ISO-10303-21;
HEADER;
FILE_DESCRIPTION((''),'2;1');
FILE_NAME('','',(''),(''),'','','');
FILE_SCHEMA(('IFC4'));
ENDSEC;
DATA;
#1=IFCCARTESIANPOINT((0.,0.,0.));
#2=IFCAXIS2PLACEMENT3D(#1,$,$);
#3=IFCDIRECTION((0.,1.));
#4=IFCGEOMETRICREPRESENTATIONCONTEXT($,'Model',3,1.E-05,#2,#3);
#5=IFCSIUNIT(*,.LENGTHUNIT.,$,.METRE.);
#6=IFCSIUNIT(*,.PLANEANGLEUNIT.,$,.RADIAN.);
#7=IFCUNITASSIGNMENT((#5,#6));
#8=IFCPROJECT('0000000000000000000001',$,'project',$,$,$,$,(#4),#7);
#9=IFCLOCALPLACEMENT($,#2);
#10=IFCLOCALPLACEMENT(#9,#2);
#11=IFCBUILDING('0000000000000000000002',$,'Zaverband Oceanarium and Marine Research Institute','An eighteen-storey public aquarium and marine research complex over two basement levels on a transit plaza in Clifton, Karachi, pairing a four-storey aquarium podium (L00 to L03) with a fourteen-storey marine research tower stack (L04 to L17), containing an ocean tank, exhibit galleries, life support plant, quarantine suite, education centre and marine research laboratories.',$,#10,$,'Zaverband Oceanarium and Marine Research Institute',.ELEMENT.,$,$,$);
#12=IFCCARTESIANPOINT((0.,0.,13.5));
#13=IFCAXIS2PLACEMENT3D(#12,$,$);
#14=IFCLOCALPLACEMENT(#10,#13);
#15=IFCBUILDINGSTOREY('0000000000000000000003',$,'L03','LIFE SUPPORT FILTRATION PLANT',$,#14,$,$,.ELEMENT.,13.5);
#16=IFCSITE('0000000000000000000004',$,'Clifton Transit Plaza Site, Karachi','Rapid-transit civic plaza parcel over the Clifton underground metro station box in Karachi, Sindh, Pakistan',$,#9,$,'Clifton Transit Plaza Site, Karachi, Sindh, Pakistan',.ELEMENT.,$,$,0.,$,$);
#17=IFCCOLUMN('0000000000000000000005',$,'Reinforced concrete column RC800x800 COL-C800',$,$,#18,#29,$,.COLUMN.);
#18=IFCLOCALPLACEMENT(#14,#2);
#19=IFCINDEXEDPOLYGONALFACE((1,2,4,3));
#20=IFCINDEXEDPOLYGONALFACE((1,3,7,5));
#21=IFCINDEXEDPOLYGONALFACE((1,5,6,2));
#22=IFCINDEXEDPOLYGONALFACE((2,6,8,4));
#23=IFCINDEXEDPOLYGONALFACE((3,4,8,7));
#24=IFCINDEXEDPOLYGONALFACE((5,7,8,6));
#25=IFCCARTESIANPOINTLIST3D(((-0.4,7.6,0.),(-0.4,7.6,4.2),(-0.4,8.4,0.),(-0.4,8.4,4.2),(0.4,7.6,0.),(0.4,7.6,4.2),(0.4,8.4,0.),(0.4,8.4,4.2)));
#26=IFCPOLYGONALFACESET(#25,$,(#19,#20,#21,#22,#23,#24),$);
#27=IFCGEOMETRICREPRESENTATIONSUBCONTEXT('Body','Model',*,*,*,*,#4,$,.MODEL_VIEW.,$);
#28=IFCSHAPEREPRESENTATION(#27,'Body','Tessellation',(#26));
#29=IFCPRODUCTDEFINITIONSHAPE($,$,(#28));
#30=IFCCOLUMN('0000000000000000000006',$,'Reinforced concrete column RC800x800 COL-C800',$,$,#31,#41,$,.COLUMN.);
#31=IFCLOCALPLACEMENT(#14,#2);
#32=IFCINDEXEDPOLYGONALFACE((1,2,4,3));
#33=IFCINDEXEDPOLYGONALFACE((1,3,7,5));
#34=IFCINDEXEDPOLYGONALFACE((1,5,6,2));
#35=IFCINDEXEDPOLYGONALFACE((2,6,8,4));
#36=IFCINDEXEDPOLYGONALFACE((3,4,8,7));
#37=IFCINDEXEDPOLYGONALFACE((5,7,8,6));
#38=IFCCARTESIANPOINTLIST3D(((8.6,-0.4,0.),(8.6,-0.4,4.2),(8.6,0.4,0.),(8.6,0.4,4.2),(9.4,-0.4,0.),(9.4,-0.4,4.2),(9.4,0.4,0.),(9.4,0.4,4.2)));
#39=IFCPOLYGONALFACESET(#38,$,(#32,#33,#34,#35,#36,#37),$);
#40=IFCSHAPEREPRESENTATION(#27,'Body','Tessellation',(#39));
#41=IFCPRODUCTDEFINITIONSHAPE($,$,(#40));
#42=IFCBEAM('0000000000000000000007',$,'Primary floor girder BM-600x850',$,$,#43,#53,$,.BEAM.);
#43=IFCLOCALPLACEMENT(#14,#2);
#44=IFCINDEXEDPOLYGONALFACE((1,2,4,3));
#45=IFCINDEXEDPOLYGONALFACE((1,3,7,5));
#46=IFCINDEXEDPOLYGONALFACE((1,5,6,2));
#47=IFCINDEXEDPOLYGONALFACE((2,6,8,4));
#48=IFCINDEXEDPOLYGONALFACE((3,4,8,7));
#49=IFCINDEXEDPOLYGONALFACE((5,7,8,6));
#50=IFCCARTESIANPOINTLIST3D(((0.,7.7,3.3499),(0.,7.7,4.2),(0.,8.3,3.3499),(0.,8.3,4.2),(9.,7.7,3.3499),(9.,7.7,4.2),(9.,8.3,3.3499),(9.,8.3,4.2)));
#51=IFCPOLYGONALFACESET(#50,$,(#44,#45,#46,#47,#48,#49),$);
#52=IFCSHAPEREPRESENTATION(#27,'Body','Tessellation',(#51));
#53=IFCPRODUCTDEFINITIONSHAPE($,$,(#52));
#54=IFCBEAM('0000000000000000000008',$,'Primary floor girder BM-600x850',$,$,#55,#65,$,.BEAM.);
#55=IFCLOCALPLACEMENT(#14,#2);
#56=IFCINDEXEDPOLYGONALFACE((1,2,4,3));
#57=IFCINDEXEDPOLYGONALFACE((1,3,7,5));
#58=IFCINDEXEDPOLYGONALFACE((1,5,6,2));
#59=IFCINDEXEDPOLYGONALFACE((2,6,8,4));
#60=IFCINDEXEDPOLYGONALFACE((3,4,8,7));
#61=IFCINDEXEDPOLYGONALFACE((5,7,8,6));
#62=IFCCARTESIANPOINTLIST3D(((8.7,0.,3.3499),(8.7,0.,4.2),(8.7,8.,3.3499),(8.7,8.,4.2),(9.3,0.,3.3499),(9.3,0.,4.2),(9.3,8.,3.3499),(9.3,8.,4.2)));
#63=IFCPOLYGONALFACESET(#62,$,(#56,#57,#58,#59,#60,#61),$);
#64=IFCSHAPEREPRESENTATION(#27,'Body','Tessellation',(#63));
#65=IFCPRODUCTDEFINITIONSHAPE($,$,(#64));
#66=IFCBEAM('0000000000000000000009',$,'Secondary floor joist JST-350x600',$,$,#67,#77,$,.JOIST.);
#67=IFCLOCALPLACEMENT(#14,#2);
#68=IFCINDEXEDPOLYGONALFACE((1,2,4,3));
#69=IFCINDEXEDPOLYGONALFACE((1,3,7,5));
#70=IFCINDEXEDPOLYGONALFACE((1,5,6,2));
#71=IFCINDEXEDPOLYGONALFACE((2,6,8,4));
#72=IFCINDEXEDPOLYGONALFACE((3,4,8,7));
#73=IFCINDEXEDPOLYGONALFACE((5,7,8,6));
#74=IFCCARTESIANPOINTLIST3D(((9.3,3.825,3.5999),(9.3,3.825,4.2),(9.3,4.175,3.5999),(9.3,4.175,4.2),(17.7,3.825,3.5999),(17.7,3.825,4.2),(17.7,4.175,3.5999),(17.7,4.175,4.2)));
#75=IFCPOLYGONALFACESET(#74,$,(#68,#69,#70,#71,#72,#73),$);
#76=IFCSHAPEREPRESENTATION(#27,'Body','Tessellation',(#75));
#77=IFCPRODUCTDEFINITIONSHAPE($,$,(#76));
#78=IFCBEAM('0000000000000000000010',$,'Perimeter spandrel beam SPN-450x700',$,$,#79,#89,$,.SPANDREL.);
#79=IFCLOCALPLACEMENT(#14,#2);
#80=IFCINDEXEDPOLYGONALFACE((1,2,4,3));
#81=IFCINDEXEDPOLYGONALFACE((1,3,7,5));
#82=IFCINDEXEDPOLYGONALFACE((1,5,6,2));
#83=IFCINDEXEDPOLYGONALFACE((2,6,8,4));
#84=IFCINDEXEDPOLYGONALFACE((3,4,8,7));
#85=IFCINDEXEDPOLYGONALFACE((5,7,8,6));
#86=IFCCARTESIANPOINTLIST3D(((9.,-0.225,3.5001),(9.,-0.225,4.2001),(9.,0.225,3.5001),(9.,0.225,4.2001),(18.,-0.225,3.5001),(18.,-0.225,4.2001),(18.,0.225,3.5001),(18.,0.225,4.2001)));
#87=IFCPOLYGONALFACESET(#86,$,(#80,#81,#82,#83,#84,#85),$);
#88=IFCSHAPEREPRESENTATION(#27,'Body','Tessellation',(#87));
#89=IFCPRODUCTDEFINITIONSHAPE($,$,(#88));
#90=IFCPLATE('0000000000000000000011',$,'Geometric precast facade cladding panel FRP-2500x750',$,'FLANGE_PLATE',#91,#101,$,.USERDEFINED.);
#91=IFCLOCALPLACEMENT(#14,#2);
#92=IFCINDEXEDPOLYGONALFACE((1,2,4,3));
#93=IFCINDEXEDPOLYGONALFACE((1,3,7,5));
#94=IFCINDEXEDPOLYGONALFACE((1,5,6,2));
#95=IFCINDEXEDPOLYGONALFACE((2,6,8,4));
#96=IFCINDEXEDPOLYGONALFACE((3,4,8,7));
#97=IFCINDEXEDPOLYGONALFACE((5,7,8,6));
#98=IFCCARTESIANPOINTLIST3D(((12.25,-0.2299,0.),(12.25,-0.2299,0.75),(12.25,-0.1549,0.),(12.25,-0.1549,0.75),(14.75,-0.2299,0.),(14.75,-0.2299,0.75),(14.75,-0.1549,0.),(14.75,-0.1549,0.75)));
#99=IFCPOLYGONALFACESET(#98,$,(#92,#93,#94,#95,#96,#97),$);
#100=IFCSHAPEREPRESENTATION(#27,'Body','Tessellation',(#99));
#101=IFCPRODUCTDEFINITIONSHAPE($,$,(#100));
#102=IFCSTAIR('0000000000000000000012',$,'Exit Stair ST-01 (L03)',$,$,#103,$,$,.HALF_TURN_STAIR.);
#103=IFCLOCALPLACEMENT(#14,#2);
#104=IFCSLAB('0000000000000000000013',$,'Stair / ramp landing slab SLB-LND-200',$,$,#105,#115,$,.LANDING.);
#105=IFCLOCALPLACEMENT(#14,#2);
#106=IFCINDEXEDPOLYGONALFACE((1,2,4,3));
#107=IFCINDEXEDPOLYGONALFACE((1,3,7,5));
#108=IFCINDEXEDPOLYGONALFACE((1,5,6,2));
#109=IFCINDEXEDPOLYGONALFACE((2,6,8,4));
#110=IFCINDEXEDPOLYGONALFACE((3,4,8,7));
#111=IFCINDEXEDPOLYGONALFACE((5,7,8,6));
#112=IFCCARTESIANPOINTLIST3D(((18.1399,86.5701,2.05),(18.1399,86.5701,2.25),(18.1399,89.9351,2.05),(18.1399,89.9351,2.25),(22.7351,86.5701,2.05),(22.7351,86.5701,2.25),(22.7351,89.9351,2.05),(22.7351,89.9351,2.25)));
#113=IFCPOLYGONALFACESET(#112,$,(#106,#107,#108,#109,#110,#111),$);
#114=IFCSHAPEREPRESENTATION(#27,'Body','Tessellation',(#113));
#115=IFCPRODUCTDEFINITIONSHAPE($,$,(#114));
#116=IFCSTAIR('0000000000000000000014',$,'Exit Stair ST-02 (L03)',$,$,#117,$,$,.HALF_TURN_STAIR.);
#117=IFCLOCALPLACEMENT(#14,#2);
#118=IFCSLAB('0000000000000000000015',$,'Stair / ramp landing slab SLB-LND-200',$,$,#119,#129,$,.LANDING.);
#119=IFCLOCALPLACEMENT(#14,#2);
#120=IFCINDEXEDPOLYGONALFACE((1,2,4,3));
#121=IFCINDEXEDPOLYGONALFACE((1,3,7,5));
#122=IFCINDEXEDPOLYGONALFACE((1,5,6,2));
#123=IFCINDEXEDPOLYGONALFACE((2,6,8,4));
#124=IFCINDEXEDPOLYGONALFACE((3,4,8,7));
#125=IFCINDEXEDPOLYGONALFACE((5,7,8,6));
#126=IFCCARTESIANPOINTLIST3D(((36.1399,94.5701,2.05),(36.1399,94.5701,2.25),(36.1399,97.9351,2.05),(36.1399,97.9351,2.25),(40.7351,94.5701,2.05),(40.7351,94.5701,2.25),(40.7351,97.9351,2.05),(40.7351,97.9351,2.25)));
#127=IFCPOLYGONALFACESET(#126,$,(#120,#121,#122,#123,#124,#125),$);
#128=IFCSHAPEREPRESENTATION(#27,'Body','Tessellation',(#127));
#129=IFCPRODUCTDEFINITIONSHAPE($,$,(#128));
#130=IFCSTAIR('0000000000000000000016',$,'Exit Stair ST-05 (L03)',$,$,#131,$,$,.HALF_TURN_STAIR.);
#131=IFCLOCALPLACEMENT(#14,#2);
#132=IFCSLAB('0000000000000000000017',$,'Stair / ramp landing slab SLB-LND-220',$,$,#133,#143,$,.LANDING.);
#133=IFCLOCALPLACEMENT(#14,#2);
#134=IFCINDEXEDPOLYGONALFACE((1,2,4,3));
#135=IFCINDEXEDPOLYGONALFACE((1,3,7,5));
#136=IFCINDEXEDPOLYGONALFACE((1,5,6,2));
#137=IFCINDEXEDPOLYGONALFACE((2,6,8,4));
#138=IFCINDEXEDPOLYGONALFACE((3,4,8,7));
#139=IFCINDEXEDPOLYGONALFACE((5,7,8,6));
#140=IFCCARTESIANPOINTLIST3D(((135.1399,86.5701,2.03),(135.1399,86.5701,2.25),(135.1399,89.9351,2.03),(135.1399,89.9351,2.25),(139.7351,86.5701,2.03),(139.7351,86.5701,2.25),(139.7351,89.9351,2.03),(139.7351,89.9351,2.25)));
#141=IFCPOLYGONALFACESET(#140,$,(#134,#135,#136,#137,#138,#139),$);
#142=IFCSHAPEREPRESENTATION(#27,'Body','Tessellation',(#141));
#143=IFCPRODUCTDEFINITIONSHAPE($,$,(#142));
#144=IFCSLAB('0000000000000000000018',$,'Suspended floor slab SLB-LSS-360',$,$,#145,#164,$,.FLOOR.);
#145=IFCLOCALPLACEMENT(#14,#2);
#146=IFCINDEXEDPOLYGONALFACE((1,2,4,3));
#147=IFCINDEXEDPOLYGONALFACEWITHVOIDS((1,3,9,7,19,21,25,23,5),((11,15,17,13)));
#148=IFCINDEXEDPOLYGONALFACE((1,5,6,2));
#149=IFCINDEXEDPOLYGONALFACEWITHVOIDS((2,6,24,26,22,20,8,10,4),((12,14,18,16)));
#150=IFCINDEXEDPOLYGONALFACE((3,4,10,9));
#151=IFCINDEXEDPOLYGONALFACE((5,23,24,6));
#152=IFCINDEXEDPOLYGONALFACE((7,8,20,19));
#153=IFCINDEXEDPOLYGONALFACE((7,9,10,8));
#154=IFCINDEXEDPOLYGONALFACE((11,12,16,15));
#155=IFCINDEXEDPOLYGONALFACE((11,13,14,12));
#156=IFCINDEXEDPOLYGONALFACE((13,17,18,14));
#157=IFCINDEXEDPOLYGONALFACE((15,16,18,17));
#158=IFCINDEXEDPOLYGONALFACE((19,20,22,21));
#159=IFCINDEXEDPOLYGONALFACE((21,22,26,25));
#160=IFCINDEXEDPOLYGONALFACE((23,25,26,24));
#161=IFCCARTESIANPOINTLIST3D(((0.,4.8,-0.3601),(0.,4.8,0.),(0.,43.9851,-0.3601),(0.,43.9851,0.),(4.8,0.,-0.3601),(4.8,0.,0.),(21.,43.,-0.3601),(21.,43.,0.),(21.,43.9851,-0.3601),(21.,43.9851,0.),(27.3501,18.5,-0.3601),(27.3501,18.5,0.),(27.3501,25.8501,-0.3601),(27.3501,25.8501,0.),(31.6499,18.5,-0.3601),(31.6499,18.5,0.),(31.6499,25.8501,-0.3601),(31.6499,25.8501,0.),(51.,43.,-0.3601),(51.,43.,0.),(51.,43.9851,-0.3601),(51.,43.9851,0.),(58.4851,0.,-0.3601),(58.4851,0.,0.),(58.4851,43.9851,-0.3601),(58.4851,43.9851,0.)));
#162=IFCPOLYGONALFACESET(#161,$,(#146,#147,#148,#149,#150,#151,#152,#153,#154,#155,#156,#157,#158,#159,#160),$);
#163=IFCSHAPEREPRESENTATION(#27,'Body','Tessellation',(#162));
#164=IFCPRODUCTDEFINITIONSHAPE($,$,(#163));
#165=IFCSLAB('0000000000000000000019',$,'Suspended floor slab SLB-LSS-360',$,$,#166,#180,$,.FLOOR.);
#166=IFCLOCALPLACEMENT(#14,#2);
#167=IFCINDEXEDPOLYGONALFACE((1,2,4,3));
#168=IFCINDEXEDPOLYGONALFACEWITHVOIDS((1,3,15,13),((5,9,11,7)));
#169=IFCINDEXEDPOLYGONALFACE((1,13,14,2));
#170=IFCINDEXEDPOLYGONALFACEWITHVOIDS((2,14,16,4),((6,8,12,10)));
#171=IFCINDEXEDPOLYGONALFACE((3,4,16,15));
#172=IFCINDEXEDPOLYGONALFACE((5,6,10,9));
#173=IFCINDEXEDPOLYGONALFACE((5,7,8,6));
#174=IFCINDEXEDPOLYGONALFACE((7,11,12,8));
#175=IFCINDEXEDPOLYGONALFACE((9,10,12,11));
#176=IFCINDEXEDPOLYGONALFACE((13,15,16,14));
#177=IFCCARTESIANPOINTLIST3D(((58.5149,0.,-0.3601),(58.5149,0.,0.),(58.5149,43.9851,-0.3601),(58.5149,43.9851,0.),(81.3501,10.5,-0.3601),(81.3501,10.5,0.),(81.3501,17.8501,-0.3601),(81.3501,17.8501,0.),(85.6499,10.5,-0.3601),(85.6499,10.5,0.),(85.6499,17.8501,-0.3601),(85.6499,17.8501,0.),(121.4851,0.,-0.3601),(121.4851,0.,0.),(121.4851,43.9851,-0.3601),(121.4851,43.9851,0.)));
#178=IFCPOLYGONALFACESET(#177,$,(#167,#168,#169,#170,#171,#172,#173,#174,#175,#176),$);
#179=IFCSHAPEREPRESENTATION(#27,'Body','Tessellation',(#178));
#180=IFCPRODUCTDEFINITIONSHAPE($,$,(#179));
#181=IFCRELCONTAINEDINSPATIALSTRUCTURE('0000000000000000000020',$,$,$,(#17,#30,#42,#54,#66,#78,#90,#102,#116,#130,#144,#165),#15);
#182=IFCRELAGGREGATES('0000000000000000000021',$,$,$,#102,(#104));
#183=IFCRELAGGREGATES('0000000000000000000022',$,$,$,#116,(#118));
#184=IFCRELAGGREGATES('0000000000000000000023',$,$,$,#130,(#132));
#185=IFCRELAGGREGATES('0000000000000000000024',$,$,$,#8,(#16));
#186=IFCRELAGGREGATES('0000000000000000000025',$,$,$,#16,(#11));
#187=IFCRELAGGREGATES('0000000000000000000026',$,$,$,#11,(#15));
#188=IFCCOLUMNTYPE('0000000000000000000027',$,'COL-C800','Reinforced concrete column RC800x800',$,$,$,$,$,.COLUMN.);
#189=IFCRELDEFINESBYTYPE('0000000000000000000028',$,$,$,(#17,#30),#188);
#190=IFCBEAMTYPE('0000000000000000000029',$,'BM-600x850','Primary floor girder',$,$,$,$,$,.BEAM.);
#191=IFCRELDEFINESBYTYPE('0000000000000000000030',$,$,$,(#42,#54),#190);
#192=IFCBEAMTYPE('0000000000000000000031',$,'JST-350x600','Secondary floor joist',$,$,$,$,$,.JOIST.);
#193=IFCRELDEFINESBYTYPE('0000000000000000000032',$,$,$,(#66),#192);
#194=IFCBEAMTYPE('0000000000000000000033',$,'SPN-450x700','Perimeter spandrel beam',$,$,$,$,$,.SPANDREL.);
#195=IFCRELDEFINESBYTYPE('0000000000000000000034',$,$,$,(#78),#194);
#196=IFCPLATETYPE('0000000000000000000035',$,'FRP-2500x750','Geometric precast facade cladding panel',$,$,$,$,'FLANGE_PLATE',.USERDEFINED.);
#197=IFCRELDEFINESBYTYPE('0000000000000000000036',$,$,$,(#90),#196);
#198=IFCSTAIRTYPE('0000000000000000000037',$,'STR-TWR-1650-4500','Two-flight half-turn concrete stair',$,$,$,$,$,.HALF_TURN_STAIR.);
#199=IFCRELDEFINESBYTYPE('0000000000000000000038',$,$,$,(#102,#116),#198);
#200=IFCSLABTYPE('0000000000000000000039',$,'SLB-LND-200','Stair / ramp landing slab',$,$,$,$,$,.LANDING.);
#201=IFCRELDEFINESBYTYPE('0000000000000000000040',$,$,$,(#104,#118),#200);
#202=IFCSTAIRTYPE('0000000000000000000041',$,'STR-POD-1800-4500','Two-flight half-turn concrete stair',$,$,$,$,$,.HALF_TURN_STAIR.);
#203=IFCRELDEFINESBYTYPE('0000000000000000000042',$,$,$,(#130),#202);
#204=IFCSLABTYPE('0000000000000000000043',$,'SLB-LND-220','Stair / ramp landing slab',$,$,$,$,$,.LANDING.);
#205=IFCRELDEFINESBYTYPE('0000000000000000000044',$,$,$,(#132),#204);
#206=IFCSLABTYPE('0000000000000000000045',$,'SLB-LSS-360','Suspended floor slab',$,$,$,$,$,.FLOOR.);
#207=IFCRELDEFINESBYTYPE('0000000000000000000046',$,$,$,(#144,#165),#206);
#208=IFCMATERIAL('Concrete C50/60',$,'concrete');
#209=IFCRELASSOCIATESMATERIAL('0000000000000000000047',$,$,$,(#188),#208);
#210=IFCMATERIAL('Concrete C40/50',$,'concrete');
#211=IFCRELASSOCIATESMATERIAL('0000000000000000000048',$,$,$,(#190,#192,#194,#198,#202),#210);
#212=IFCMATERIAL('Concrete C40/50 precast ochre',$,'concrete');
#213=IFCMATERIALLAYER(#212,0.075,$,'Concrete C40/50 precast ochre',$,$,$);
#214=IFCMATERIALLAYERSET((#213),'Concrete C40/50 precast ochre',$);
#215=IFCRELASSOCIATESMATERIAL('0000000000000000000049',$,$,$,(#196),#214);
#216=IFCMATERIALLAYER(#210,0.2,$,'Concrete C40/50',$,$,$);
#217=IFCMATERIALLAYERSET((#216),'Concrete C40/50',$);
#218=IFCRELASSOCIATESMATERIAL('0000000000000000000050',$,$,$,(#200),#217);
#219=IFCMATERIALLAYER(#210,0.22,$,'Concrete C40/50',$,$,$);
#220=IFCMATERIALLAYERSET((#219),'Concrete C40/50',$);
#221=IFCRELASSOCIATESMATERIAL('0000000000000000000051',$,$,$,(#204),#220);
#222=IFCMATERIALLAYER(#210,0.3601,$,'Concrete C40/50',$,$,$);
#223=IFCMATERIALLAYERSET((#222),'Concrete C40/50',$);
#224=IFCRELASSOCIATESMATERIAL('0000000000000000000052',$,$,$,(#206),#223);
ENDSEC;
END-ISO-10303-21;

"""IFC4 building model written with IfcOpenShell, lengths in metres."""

from ifc_helpers import new_model, si_unit, direction, frame, frame_2d, origin, origin_2d, place, context, subcontext, project, spatial, polyline, rectangle, outline, extrude, material, layer, layer_set, material_profile, profile_set, type_object, element, aggregate, save


model = new_model("IFC4")

# Units and contexts
model_context = context("Model", 3, precision=1e-05, world=origin(), true_north=direction((0.0, 1.0)))
body_context = subcontext(model_context, "Body", "Model", "MODEL_VIEW")
ifc_project = project(units=[si_unit("LENGTHUNIT", "METRE"), si_unit("PLANEANGLEUNIT", "RADIAN")], contexts=[model_context])

# Site, building, storey
site_placement = place(None, origin())
site = spatial("IfcSite", under=ifc_project, at=site_placement, Name="Clifton Transit Plaza Site, Karachi", Description="Rapid-transit civic plaza parcel over the Clifton underground metro station box in Karachi, Sindh, Pakistan", LongName="Clifton Transit Plaza Site, Karachi, Sindh, Pakistan", CompositionType="ELEMENT", RefElevation=0.0)
building_placement = place(site_placement, origin())
building = spatial("IfcBuilding", under=site, at=building_placement, Name="Zaverband Oceanarium and Marine Research Institute", Description="An eighteen-storey public aquarium and marine research complex over two basement levels on a transit plaza in Clifton, Karachi, pairing a four-storey aquarium podium (L00 to L03) with a fourteen-storey marine research tower stack (L04 to L17), containing an ocean tank, exhibit galleries, life support plant, quarantine suite, education centre and marine research laboratories.", LongName="Zaverband Oceanarium and Marine Research Institute", CompositionType="ELEMENT")
storey_placement = place(building_placement, frame((0.0, 0.0, 13.5)))
storey = spatial("IfcBuildingStorey", under=building, at=storey_placement, Name="L03", Description="LIFE SUPPORT FILTRATION PLANT", CompositionType="ELEMENT", Elevation=13.5)

# Columns
ifc_material_1 = material(Name="Concrete C50/60", Category="concrete")
ifc_material_profile_1 = material_profile(ifc_material_1, rectangle(XDim=0.8, YDim=0.8, at=origin_2d()), Name="RC800x800")
ifc_profile_set_1 = profile_set([ifc_material_profile_1], Name="Concrete C50/60")
column_type = type_object("IfcColumnType", Name="COL-C800", Description="Reinforced concrete column RC800x800", PredefinedType="COLUMN", material=ifc_profile_set_1)
for number, where, z_axis, x_axis, name in (
    (1, (0.0, 8.0, 0.0), (0.0, 0.0, 1.0), (1.0, 0.0, 0.0), "Reinforced concrete column RC800x800 COL-C800"),
    (2, (9.0, 0.0, 0.0), (0.0, 0.0, 1.0), (1.0, 0.0, 0.0), "Reinforced concrete column RC800x800 COL-C800"),
):
    element("IfcColumn", number, at=place(storey_placement, frame(where, z_axis=z_axis, x_axis=x_axis)), inside=storey, type_object=column_type, Name=name, PredefinedType="COLUMN", context=body_context, shape_type="SweptSolid", body=[
        extrude(rectangle(XDim=0.8, YDim=0.8, at=origin_2d()), origin(), (0.0, 0.0, 1.0), 4.2),
    ])

# Beams
ifc_material_2 = material(Name="Concrete C40/50", Category="concrete")
ifc_material_profile_2 = material_profile(ifc_material_2, rectangle(XDim=0.6001, YDim=0.8501, at=origin_2d()), Name="RC600x850")
ifc_profile_set_2 = profile_set([ifc_material_profile_2], Name="Concrete C40/50")
beam_type_1 = type_object("IfcBeamType", Name="BM-600x850", Description="Primary floor girder", PredefinedType="BEAM", material=ifc_profile_set_2)
beam_1_placement = place(storey_placement, frame((0.0, 8.0, 3.7749), z_axis=(1.0, 0.0, 0.0), x_axis=(0.0, 1.0, 0.0)))
element("IfcBeam", 3, at=beam_1_placement, inside=storey, type_object=beam_type_1, Name="Primary floor girder BM-600x850", PredefinedType="BEAM", context=body_context, shape_type="SweptSolid", body=[
    extrude(rectangle(XDim=0.6001, YDim=0.8501, at=origin_2d()), origin(), (0.0, 0.0, 1.0), 9.0),
])
beam_2_placement = place(storey_placement, frame((9.0, 0.0, 3.7749), z_axis=(0.0, 1.0, 0.0), x_axis=(-1.0, 0.0, 0.0)))
element("IfcBeam", 4, at=beam_2_placement, inside=storey, type_object=beam_type_1, Name="Primary floor girder BM-600x850", PredefinedType="BEAM", context=body_context, shape_type="SweptSolid", body=[
    extrude(rectangle(XDim=0.6001, YDim=0.8501, at=origin_2d()), origin(), (0.0, 0.0, 1.0), 8.0),
])
ifc_material_profile_3 = material_profile(ifc_material_2, rectangle(XDim=0.3501, YDim=0.6001, at=origin_2d()), Name="RC350x600")
ifc_profile_set_3 = profile_set([ifc_material_profile_3], Name="Concrete C40/50")
beam_type_2 = type_object("IfcBeamType", Name="JST-350x600", Description="Secondary floor joist", PredefinedType="JOIST", material=ifc_profile_set_3)
beam_3_placement = place(storey_placement, frame((9.3, 4.0, 3.8999), z_axis=(1.0, 0.0, 0.0), x_axis=(0.0, 1.0, 0.0)))
element("IfcBeam", 5, at=beam_3_placement, inside=storey, type_object=beam_type_2, Name="Secondary floor joist JST-350x600", PredefinedType="JOIST", context=body_context, shape_type="SweptSolid", body=[
    extrude(rectangle(XDim=0.3501, YDim=0.6001, at=origin_2d()), origin(), (0.0, 0.0, 1.0), 8.3999),
])
ifc_material_profile_4 = material_profile(ifc_material_2, rectangle(XDim=0.45, YDim=0.7, at=origin_2d()), Name="RC450x700")
ifc_profile_set_4 = profile_set([ifc_material_profile_4], Name="Concrete C40/50")
beam_type_3 = type_object("IfcBeamType", Name="SPN-450x700", Description="Perimeter spandrel beam", PredefinedType="SPANDREL", material=ifc_profile_set_4)
beam_4_placement = place(storey_placement, frame((9.0, 0.0, 3.8501), z_axis=(1.0, 0.0, 0.0), x_axis=(0.0, 1.0, 0.0)))
element("IfcBeam", 6, at=beam_4_placement, inside=storey, type_object=beam_type_3, Name="Perimeter spandrel beam SPN-450x700", PredefinedType="SPANDREL", context=body_context, shape_type="SweptSolid", body=[
    extrude(rectangle(XDim=0.45, YDim=0.7, at=origin_2d()), origin(), (0.0, 0.0, 1.0), 9.0),
])

# Plate
ifc_material_3 = material(Name="Concrete C40/50 precast ochre", Category="concrete")
ifc_layer_1 = layer(ifc_material_3, 0.075, Name="Concrete C40/50 precast ochre")
ifc_layer_set_1 = layer_set([ifc_layer_1], Name="Concrete C40/50 precast ochre")
plate_type = type_object("IfcPlateType", Name="FRP-2500x750", Description="Geometric precast facade cladding panel", ElementType="FLANGE_PLATE", PredefinedType="USERDEFINED", material=ifc_layer_set_1)
plate_placement = place(storey_placement, frame((12.25, -0.1924, 0.0), z_axis=(0.0, 0.0, 1.0), x_axis=(1.0, 0.0, 0.0)))
element("IfcPlate", 7, at=plate_placement, inside=storey, type_object=plate_type, Name="Geometric precast facade cladding panel FRP-2500x750", ObjectType="FLANGE_PLATE", PredefinedType="USERDEFINED", context=body_context, shape_type="SweptSolid", body=[
    extrude(rectangle(XDim=2.5, YDim=0.075, at=frame_2d((1.25, 0.0))), origin(), (0.0, 0.0, 1.0), 0.75),
])

# Stairs, slabs
stair_type_1 = type_object("IfcStairType", Name="STR-TWR-1650-4500", Description="Two-flight half-turn concrete stair", PredefinedType="HALF_TURN_STAIR", material=ifc_material_2)
stair_1_placement = place(storey_placement, origin())
stair_1 = element("IfcStair", 8, at=stair_1_placement, inside=storey, type_object=stair_type_1, Name="Exit Stair ST-01 (L03)", PredefinedType="HALF_TURN_STAIR")
ifc_layer_2 = layer(ifc_material_2, 0.2, Name="Concrete C40/50")
ifc_layer_set_2 = layer_set([ifc_layer_2], Name="Concrete C40/50")
slab_type_1 = type_object("IfcSlabType", Name="SLB-LND-200", Description="Stair / ramp landing slab", PredefinedType="LANDING", material=ifc_layer_set_2)
slab_1_placement = place(storey_placement, frame((0.0, 0.0, 2.05)))
slab_1 = element("IfcSlab", 9, at=slab_1_placement, type_object=slab_type_1, Name="Stair / ramp landing slab SLB-LND-200", PredefinedType="LANDING", context=body_context, shape_type="SweptSolid", body=[
    extrude(outline(polyline([(18.1399, 86.5701), (22.7351, 86.5701), (22.7351, 89.9351), (18.1399, 89.9351), (18.1399, 86.5701)])), origin(), (0.0, 0.0, 1.0), 0.2),
])
aggregate(stair_1, [slab_1])
stair_2_placement = place(storey_placement, origin())
stair_2 = element("IfcStair", 10, at=stair_2_placement, inside=storey, type_object=stair_type_1, Name="Exit Stair ST-02 (L03)", PredefinedType="HALF_TURN_STAIR")
slab_2_placement = place(storey_placement, frame((0.0, 0.0, 2.05)))
slab_2 = element("IfcSlab", 11, at=slab_2_placement, type_object=slab_type_1, Name="Stair / ramp landing slab SLB-LND-200", PredefinedType="LANDING", context=body_context, shape_type="SweptSolid", body=[
    extrude(outline(polyline([(36.1399, 94.5701), (40.7351, 94.5701), (40.7351, 97.9351), (36.1399, 97.9351), (36.1399, 94.5701)])), origin(), (0.0, 0.0, 1.0), 0.2),
])
aggregate(stair_2, [slab_2])
stair_type_2 = type_object("IfcStairType", Name="STR-POD-1800-4500", Description="Two-flight half-turn concrete stair", PredefinedType="HALF_TURN_STAIR", material=ifc_material_2)
stair_3_placement = place(storey_placement, origin())
stair_3 = element("IfcStair", 12, at=stair_3_placement, inside=storey, type_object=stair_type_2, Name="Exit Stair ST-05 (L03)", PredefinedType="HALF_TURN_STAIR")
ifc_layer_3 = layer(ifc_material_2, 0.22, Name="Concrete C40/50")
ifc_layer_set_3 = layer_set([ifc_layer_3], Name="Concrete C40/50")
slab_type_2 = type_object("IfcSlabType", Name="SLB-LND-220", Description="Stair / ramp landing slab", PredefinedType="LANDING", material=ifc_layer_set_3)
slab_3_placement = place(storey_placement, frame((0.0, 0.0, 2.03)))
slab_3 = element("IfcSlab", 13, at=slab_3_placement, type_object=slab_type_2, Name="Stair / ramp landing slab SLB-LND-220", PredefinedType="LANDING", context=body_context, shape_type="SweptSolid", body=[
    extrude(outline(polyline([(135.1399, 86.5701), (139.7351, 86.5701), (139.7351, 89.9351), (135.1399, 89.9351), (135.1399, 86.5701)])), origin(), (0.0, 0.0, 1.0), 0.22),
])
aggregate(stair_3, [slab_3])

# Slabs
ifc_layer_4 = layer(ifc_material_2, 0.3601, Name="Concrete C40/50")
ifc_layer_set_4 = layer_set([ifc_layer_4], Name="Concrete C40/50")
slab_type_3 = type_object("IfcSlabType", Name="SLB-LSS-360", Description="Suspended floor slab", PredefinedType="FLOOR", material=ifc_layer_set_4)
slab_4_placement = place(storey_placement, frame((0.0, 0.0, -0.3601)))
element("IfcSlab", 14, at=slab_4_placement, inside=storey, type_object=slab_type_3, Name="Suspended floor slab SLB-LSS-360", PredefinedType="FLOOR", context=body_context, shape_type="SweptSolid", body=[
    extrude(outline(polyline([(58.4851, 43.9851), (58.4851, 0.0), (4.8, 0.0), (0.0, 4.8), (0.0, 43.9851), (21.0, 43.9851), (21.0, 43.0), (51.0, 43.0), (51.0, 43.9851), (58.4851, 43.9851)]), holes=[polyline([(31.6499, 25.8501), (27.3501, 25.8501), (27.3501, 18.5), (31.6499, 18.5), (31.6499, 25.8501)])]), origin(), (0.0, 0.0, 1.0), 0.3601),
])
slab_5_placement = place(storey_placement, frame((0.0, 0.0, -0.3601)))
element("IfcSlab", 15, at=slab_5_placement, inside=storey, type_object=slab_type_3, Name="Suspended floor slab SLB-LSS-360", PredefinedType="FLOOR", context=body_context, shape_type="SweptSolid", body=[
    extrude(outline(polyline([(58.5149, 43.9851), (121.4851, 43.9851), (121.4851, 0.0), (58.5149, 0.0), (58.5149, 43.9851)]), holes=[polyline([(81.3501, 17.8501), (81.3501, 10.5), (85.6499, 10.5), (85.6499, 17.8501), (81.3501, 17.8501)])]), origin(), (0.0, 0.0, 1.0), 0.3601),
])

save(model, "model.ifc")
